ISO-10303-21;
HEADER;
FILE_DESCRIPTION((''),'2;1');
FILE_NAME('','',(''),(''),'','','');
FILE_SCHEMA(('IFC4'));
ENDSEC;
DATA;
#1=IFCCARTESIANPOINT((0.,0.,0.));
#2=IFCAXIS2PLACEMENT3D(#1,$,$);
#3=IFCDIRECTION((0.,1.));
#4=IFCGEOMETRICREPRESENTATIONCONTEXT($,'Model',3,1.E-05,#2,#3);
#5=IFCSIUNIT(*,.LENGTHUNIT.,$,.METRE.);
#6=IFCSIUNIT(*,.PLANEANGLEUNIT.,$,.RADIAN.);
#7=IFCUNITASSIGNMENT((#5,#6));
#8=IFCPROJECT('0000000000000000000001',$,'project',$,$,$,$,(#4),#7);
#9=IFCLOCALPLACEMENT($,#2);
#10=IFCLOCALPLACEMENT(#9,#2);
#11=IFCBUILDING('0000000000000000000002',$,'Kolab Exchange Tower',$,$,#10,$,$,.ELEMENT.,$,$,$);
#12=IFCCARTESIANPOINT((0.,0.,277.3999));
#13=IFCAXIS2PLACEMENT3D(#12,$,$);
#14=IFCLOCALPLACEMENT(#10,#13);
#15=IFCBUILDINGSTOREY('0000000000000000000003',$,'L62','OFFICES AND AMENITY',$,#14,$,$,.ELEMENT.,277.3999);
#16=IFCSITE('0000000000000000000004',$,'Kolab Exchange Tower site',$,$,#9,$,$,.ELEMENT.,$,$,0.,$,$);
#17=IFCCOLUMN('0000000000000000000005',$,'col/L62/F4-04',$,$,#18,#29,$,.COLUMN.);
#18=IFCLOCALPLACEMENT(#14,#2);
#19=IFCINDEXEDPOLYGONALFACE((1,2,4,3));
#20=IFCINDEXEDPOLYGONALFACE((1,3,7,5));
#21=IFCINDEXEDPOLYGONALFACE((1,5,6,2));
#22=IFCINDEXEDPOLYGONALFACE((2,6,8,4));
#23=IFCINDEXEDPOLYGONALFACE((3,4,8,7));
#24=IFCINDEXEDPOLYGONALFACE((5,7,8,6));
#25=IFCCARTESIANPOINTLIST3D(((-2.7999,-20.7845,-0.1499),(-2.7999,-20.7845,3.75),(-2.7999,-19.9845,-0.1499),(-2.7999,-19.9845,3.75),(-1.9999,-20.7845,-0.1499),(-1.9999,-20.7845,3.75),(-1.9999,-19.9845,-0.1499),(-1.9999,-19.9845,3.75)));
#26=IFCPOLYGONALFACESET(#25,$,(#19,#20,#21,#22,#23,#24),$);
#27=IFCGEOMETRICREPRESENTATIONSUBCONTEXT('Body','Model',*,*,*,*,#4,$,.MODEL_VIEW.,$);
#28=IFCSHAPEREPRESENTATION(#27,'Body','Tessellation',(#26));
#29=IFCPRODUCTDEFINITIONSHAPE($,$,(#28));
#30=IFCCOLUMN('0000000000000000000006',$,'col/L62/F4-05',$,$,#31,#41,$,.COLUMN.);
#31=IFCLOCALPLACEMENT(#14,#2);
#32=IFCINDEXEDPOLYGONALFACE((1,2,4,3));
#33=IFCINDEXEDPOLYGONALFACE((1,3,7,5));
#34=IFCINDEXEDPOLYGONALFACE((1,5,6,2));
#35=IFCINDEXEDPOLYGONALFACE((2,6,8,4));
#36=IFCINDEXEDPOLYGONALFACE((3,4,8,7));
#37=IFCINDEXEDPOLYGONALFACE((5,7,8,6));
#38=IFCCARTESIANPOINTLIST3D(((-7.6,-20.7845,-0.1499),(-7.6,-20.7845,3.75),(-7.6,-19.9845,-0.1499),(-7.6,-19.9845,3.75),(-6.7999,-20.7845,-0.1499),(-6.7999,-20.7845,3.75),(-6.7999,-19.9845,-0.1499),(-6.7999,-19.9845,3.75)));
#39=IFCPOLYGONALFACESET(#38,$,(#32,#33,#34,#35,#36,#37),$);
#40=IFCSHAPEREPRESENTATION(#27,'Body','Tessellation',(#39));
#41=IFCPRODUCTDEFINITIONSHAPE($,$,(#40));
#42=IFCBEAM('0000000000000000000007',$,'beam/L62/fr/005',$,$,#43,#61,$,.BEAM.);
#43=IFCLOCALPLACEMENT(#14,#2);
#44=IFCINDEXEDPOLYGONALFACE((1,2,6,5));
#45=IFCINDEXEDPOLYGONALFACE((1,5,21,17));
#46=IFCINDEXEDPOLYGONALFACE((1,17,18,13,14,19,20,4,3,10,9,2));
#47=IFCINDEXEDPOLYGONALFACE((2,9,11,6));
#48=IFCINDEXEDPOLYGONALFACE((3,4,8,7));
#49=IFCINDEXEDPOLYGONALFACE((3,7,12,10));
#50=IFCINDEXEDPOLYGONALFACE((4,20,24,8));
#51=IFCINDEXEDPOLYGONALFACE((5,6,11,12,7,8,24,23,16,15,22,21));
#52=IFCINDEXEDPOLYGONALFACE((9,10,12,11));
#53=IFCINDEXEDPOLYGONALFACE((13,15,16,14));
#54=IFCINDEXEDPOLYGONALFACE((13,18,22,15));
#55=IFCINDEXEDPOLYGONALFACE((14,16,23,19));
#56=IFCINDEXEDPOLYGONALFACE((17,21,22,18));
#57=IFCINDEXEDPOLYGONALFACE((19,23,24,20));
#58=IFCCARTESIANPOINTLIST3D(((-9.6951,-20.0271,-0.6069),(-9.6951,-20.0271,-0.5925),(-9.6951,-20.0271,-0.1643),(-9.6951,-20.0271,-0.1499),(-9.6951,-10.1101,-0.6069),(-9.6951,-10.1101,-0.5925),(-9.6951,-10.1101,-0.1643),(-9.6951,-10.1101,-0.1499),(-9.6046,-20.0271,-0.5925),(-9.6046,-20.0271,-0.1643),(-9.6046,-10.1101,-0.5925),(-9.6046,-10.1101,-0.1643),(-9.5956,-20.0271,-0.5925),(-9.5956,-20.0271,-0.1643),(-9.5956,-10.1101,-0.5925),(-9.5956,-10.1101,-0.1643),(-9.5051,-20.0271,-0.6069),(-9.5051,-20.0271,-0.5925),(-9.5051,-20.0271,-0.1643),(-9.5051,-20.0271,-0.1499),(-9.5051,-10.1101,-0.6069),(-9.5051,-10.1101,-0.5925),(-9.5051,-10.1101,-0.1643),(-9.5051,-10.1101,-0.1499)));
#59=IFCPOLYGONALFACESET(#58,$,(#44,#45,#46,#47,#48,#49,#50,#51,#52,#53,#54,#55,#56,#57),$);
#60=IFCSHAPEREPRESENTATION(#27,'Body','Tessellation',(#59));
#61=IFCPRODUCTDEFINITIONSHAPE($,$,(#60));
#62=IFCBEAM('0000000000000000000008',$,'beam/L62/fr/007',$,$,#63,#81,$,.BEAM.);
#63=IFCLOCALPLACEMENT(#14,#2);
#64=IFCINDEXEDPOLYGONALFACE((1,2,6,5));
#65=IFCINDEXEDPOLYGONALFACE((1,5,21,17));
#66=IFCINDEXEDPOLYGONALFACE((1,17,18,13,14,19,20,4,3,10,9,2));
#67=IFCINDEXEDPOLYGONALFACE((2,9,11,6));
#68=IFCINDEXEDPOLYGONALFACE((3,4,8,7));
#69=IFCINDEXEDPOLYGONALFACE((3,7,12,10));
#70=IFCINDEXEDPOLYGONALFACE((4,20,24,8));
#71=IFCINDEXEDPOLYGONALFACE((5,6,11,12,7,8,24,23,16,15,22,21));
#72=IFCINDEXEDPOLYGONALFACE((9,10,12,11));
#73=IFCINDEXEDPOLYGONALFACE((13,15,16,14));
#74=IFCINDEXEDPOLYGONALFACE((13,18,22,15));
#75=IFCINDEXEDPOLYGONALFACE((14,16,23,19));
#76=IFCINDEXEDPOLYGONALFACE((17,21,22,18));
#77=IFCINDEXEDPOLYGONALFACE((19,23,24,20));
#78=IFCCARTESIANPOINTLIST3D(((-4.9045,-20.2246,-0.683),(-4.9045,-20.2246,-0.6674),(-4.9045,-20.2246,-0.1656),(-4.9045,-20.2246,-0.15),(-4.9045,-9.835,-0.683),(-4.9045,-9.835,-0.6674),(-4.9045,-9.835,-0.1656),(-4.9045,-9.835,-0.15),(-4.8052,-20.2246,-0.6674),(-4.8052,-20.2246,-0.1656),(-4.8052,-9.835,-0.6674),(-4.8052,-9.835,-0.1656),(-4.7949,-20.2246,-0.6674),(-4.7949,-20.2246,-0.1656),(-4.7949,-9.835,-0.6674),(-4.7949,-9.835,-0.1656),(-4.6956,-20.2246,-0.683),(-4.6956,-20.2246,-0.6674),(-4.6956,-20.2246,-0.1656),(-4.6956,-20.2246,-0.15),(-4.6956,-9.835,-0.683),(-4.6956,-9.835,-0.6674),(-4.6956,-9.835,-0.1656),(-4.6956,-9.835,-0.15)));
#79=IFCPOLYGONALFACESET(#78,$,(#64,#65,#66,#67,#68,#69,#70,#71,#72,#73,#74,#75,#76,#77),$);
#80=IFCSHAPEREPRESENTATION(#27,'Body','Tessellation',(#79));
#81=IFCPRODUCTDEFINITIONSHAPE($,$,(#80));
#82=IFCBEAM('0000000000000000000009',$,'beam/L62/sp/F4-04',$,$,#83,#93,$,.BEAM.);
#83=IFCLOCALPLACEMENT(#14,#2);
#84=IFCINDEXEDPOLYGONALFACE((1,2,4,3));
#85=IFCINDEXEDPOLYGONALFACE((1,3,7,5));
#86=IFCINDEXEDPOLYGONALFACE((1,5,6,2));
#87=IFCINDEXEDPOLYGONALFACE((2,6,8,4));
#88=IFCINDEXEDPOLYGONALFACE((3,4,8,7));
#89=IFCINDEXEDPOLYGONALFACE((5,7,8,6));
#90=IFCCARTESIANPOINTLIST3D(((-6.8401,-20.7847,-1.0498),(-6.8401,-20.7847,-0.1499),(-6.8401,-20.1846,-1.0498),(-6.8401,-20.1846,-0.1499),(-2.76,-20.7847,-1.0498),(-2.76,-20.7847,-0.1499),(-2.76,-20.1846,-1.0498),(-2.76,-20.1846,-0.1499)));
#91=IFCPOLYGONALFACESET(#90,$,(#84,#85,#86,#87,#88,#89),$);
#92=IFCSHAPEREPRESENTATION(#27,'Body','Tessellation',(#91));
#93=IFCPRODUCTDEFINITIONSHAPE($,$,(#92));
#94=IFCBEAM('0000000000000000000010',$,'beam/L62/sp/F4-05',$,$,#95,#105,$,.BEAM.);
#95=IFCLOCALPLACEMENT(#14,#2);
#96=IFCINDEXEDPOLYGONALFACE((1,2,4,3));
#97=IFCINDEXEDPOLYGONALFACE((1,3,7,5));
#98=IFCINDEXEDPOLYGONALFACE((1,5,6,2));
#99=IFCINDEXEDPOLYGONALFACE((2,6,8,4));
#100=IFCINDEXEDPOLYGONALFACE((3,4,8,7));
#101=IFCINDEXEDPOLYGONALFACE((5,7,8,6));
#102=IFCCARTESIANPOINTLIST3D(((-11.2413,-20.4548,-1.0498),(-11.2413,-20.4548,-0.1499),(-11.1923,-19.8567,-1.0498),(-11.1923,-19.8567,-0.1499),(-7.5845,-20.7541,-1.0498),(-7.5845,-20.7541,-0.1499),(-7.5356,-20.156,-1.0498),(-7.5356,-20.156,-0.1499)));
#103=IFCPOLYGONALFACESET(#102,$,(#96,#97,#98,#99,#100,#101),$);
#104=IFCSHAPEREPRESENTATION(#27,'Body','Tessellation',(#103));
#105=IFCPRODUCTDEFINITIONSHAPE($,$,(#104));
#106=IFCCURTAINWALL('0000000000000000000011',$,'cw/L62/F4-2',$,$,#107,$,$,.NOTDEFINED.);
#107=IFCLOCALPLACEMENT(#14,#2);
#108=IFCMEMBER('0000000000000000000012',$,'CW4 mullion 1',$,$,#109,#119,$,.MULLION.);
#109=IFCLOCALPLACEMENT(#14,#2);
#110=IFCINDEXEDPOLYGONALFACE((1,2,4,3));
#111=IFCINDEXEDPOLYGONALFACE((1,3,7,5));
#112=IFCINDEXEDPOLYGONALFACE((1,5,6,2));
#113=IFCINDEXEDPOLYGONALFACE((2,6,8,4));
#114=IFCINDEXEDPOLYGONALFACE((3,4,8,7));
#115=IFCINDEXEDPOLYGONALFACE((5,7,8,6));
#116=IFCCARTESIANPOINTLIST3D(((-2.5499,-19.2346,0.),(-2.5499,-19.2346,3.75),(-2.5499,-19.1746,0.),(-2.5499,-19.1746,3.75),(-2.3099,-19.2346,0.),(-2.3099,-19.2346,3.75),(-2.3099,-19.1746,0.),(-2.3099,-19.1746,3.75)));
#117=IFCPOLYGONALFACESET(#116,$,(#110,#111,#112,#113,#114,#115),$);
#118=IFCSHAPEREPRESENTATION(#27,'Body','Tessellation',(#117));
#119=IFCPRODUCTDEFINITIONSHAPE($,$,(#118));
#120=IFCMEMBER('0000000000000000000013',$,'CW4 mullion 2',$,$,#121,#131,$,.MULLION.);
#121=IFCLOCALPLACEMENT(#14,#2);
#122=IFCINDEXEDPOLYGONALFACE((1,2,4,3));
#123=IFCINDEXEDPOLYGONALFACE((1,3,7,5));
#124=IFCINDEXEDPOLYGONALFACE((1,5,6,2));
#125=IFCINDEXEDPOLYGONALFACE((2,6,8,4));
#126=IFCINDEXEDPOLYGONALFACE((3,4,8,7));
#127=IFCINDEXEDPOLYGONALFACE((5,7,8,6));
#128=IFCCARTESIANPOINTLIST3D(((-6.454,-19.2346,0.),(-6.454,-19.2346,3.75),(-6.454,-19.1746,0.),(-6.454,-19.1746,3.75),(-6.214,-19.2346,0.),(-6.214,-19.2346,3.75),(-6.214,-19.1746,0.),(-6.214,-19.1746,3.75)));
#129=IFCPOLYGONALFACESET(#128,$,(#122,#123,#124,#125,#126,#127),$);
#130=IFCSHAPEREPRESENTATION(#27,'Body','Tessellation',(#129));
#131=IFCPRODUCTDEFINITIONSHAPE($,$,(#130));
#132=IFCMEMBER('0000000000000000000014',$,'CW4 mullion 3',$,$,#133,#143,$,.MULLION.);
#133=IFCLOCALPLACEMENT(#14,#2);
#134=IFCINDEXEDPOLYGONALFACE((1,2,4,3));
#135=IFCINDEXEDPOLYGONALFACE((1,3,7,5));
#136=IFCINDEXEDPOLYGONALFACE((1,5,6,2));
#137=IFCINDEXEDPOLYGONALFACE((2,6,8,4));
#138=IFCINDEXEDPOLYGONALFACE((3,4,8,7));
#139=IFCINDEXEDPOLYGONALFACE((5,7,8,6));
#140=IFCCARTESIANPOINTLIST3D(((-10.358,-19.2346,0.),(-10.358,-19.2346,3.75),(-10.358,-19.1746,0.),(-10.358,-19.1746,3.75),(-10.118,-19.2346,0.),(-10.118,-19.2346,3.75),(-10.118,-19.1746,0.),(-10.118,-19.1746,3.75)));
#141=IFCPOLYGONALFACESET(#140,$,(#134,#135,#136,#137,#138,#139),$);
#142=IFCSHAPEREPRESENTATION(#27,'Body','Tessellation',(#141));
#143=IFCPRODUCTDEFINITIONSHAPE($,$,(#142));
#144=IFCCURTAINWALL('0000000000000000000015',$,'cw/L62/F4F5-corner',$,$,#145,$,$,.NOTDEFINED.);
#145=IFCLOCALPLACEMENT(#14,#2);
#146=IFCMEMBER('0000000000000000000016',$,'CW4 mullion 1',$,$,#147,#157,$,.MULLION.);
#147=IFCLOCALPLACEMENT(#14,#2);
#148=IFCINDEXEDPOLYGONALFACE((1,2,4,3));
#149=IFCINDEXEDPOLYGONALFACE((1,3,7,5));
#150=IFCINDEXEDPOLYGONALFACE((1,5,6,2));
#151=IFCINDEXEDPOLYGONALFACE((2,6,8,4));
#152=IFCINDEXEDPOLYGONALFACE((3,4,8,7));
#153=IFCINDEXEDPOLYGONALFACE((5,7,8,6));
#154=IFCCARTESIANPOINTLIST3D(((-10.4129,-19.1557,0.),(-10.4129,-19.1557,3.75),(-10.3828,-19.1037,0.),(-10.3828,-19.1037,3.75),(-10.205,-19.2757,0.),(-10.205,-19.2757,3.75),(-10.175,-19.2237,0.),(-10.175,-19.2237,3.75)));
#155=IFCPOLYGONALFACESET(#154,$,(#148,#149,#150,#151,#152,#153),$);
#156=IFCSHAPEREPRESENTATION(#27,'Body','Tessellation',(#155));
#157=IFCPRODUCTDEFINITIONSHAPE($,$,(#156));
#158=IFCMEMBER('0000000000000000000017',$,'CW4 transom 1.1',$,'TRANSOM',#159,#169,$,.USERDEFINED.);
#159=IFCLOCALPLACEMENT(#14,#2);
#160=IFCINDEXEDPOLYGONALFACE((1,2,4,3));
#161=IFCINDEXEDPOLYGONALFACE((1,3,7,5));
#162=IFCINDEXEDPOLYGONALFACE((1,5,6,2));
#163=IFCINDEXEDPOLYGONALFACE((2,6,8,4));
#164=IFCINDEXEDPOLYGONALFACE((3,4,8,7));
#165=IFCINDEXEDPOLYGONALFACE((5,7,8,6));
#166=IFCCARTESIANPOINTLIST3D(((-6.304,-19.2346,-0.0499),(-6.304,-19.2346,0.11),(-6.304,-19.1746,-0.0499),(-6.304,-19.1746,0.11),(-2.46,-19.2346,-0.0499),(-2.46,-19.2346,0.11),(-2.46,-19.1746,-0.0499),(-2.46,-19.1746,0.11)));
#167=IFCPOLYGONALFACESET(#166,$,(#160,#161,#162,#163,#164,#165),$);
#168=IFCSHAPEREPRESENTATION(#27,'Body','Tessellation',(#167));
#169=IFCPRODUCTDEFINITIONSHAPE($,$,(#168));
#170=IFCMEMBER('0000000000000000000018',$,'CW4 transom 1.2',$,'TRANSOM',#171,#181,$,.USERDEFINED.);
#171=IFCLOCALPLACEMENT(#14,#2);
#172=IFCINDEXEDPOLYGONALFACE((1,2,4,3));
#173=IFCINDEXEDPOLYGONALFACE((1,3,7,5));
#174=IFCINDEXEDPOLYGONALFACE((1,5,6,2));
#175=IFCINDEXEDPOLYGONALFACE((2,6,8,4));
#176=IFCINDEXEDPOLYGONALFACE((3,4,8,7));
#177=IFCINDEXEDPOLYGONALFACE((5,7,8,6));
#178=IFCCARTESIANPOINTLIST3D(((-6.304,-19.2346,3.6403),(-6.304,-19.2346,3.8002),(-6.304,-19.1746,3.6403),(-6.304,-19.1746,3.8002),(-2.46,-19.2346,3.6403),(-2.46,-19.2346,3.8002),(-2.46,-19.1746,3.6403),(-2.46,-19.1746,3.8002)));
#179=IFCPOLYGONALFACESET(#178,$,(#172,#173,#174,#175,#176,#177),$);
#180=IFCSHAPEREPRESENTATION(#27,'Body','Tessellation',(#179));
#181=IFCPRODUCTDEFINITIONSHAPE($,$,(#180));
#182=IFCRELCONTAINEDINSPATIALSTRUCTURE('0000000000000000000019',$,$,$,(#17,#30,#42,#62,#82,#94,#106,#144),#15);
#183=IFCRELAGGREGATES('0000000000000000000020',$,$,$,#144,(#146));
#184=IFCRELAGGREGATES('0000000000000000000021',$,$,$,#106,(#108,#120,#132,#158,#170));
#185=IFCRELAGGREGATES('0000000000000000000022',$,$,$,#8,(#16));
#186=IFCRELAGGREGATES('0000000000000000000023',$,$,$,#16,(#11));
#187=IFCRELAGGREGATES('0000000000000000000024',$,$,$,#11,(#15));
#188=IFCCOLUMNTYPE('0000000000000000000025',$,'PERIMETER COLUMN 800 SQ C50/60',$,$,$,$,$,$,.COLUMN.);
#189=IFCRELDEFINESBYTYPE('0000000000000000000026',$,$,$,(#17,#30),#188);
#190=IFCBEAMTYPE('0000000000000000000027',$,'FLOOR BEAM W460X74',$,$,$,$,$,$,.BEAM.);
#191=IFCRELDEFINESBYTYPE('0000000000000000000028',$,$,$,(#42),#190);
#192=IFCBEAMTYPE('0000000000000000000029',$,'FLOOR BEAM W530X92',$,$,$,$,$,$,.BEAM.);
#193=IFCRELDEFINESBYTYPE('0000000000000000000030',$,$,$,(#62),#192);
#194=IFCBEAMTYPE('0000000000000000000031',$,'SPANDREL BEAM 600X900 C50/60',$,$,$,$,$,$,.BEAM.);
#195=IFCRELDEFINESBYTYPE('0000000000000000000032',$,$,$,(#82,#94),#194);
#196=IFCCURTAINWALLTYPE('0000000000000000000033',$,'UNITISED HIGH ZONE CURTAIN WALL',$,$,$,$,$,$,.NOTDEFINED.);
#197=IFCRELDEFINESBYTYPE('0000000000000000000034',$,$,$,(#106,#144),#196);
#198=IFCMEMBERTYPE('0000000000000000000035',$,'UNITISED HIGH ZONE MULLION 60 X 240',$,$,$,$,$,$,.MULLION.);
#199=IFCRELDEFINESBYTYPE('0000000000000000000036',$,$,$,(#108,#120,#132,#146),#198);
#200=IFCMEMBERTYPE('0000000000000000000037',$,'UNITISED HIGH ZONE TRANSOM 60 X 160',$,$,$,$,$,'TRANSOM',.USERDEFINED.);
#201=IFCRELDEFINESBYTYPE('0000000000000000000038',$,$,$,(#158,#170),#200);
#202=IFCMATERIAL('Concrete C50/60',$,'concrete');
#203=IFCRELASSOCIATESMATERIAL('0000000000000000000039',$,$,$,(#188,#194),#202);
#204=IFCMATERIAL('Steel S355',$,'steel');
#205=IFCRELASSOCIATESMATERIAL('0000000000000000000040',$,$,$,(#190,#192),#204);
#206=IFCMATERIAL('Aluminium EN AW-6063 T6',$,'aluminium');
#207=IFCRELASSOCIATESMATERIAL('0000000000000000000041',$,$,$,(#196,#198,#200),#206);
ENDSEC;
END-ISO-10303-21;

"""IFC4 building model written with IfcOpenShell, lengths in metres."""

from ifc_helpers import new_model, si_unit, direction, frame, origin, origin_2d, place, context, subcontext, project, spatial, rectangle, i_section, extrude, material, material_profile, profile_set, type_object, element, aggregate, save


model = new_model("IFC4")

# Units and contexts
model_context = context("Model", 3, precision=1e-05, world=origin(), true_north=direction((0.0, 1.0)))
body_context = subcontext(model_context, "Body", "Model", "MODEL_VIEW")
ifc_project = project(units=[si_unit("LENGTHUNIT", "METRE"), si_unit("PLANEANGLEUNIT", "RADIAN")], contexts=[model_context])

# Site, building, storey
site_placement = place(None, origin())
site = spatial("IfcSite", under=ifc_project, at=site_placement, Name="Kolab Exchange Tower site", CompositionType="ELEMENT", RefElevation=0.0)
building_placement = place(site_placement, origin())
building = spatial("IfcBuilding", under=site, at=building_placement, Name="Kolab Exchange Tower", CompositionType="ELEMENT")
storey_placement = place(building_placement, frame((0.0, 0.0, 277.3999)))
storey = spatial("IfcBuildingStorey", under=building, at=storey_placement, Name="L62", Description="OFFICES AND AMENITY", CompositionType="ELEMENT", Elevation=277.3999)

# Columns
ifc_material_1 = material(Name="Concrete C50/60", Category="concrete")
ifc_material_profile_1 = material_profile(ifc_material_1, rectangle(XDim=0.8, YDim=0.8, at=origin_2d()), Name="RC800")
ifc_profile_set_1 = profile_set([ifc_material_profile_1], Name="Concrete C50/60")
column_type = type_object("IfcColumnType", Name="PERIMETER COLUMN 800 SQ C50/60", PredefinedType="COLUMN", material=ifc_profile_set_1)
for number, where, z_axis, x_axis, name in (
    (1, (-2.3999, -20.3845, -0.1499), (0.0, 0.0, 1.0), (1.0, 0.0, 0.0), "col/L62/F4-04"),
    (2, (-7.2, -20.3845, -0.1499), (0.0, 0.0, 1.0), (1.0, 0.0, 0.0), "col/L62/F4-05"),
):
    element("IfcColumn", number, at=place(storey_placement, frame(where, z_axis=z_axis, x_axis=x_axis)), inside=storey, type_object=column_type, Name=name, PredefinedType="COLUMN", context=body_context, shape_type="SweptSolid", body=[
        extrude(rectangle(XDim=0.8, YDim=0.8, at=origin_2d()), origin(), (0.0, 0.0, 1.0), 3.8999),
    ])

# Beams
ifc_material_2 = material(Name="Steel S355", Category="steel")
ifc_material_profile_2 = material_profile(ifc_material_2, i_section(OverallWidth=0.1899, OverallDepth=0.457, WebThickness=0.009, FlangeThickness=0.0144, at=origin_2d()), Name="W460X74")
ifc_profile_set_2 = profile_set([ifc_material_profile_2], Name="Steel S355")
beam_type_1 = type_object("IfcBeamType", Name="FLOOR BEAM W460X74", PredefinedType="BEAM", material=ifc_profile_set_2)
beam_1_placement = place(storey_placement, frame((-9.6001, -20.0271, -0.3784), z_axis=(0.0, 1.0, 0.0), x_axis=(-1.0, 0.0, 0.0)))
element("IfcBeam", 3, at=beam_1_placement, inside=storey, type_object=beam_type_1, Name="beam/L62/fr/005", PredefinedType="BEAM", context=body_context, shape_type="SweptSolid", body=[
    extrude(i_section(OverallWidth=0.1899, OverallDepth=0.457, WebThickness=0.009, FlangeThickness=0.0144, at=origin_2d()), origin(), (0.0, 0.0, 1.0), 9.917),
])
ifc_material_profile_3 = material_profile(ifc_material_2, i_section(OverallWidth=0.209, OverallDepth=0.533, WebThickness=0.0103, FlangeThickness=0.0156, at=origin_2d()), Name="W530X92")
ifc_profile_set_3 = profile_set([ifc_material_profile_3], Name="Steel S355")
beam_type_2 = type_object("IfcBeamType", Name="FLOOR BEAM W530X92", PredefinedType="BEAM", material=ifc_profile_set_3)
beam_2_placement = place(storey_placement, frame((-4.8, -20.2246, -0.4165), z_axis=(0.0, 1.0, 0.0), x_axis=(-1.0, 0.0, 0.0)))
element("IfcBeam", 4, at=beam_2_placement, inside=storey, type_object=beam_type_2, Name="beam/L62/fr/007", PredefinedType="BEAM", context=body_context, shape_type="SweptSolid", body=[
    extrude(i_section(OverallWidth=0.209, OverallDepth=0.533, WebThickness=0.0103, FlangeThickness=0.0156, at=origin_2d()), origin(), (0.0, 0.0, 1.0), 10.3896),
])
ifc_material_profile_4 = material_profile(ifc_material_1, rectangle(XDim=0.6001, YDim=0.8999, at=origin_2d()), Name="RC600X900")
ifc_profile_set_4 = profile_set([ifc_material_profile_4], Name="Concrete C50/60")
beam_type_3 = type_object("IfcBeamType", Name="SPANDREL BEAM 600X900 C50/60", PredefinedType="BEAM", material=ifc_profile_set_4)
beam_3_placement = place(storey_placement, frame((-2.76, -20.4846, -0.5999), z_axis=(-1.0, 0.0, 0.0), x_axis=(0.0, -1.0, 0.0)))
element("IfcBeam", 5, at=beam_3_placement, inside=storey, type_object=beam_type_3, Name="beam/L62/sp/F4-04", PredefinedType="BEAM", context=body_context, shape_type="SweptSolid", body=[
    extrude(rectangle(XDim=0.6001, YDim=0.8999, at=origin_2d()), origin(), (0.0, 0.0, 1.0), 4.0801),
])
beam_4_placement = place(storey_placement, frame((-7.5601, -20.4551, -0.5999), z_axis=(-0.996667, 0.081581, 0.0), x_axis=(-0.081581, -0.996667, 0.0)))
element("IfcBeam", 6, at=beam_4_placement, inside=storey, type_object=beam_type_3, Name="beam/L62/sp/F4-05", PredefinedType="BEAM", context=body_context, shape_type="SweptSolid", body=[
    extrude(rectangle(XDim=0.6001, YDim=0.8999, at=origin_2d()), origin(), (0.0, 0.0, 1.0), 3.6689),
])

# Curtain wall, members
ifc_material_3 = material(Name="Aluminium EN AW-6063 T6", Category="aluminium")
curtain_wall_type = type_object("IfcCurtainWallType", Name="UNITISED HIGH ZONE CURTAIN WALL", PredefinedType="NOTDEFINED", material=ifc_material_3)
curtain_wall_1_placement = place(storey_placement, origin())
curtain_wall_1 = element("IfcCurtainWall", 7, at=curtain_wall_1_placement, inside=storey, type_object=curtain_wall_type, Name="cw/L62/F4-2", PredefinedType="NOTDEFINED")
ifc_material_profile_5 = material_profile(ifc_material_3, rectangle(XDim=0.0601, YDim=0.24, at=origin_2d()), Name="RECT 60X240")
ifc_profile_set_5 = profile_set([ifc_material_profile_5], Name="Aluminium EN AW-6063 T6")
member_type_1 = type_object("IfcMemberType", Name="UNITISED HIGH ZONE MULLION 60 X 240", PredefinedType="MULLION", material=ifc_profile_set_5)
member_1_placement = place(storey_placement, frame((-2.4299, -19.2046, 0.0), z_axis=(0.0, 0.0, 1.0), x_axis=(0.0, -1.0, 0.0)))
member_1 = element("IfcMember", 8, at=member_1_placement, type_object=member_type_1, Name="CW4 mullion 1", PredefinedType="MULLION", context=body_context, shape_type="SweptSolid", body=[
    extrude(rectangle(XDim=0.0601, YDim=0.24, at=origin_2d()), origin(), (0.0, 0.0, 1.0), 3.75),
])
member_2_placement = place(storey_placement, frame((-6.334, -19.2046, 0.0), z_axis=(0.0, 0.0, 1.0), x_axis=(0.0, -1.0, 0.0)))
member_2 = element("IfcMember", 9, at=member_2_placement, type_object=member_type_1, Name="CW4 mullion 2", PredefinedType="MULLION", context=body_context, shape_type="SweptSolid", body=[
    extrude(rectangle(XDim=0.0601, YDim=0.24, at=origin_2d()), origin(), (0.0, 0.0, 1.0), 3.75),
])
member_3_placement = place(storey_placement, frame((-10.238, -19.2046, 0.0), z_axis=(0.0, 0.0, 1.0), x_axis=(0.0, -1.0, 0.0)))
member_3 = element("IfcMember", 10, at=member_3_placement, type_object=member_type_1, Name="CW4 mullion 3", PredefinedType="MULLION", context=body_context, shape_type="SweptSolid", body=[
    extrude(rectangle(XDim=0.0601, YDim=0.24, at=origin_2d()), origin(), (0.0, 0.0, 1.0), 3.75),
])

# Curtain wall, member
curtain_wall_2_placement = place(storey_placement, origin())
curtain_wall_2 = element("IfcCurtainWall", 11, at=curtain_wall_2_placement, inside=storey, type_object=curtain_wall_type, Name="cw/L62/F4F5-corner", PredefinedType="NOTDEFINED")
member_4_placement = place(storey_placement, frame((-10.2939, -19.1897, 0.0), z_axis=(0.0, 0.0, 1.0), x_axis=(-0.5, -0.866025, 0.0)))
member_4 = element("IfcMember", 12, at=member_4_placement, type_object=member_type_1, Name="CW4 mullion 1", PredefinedType="MULLION", context=body_context, shape_type="SweptSolid", body=[
    extrude(rectangle(XDim=0.0601, YDim=0.24, at=origin_2d()), origin(), (0.0, 0.0, 1.0), 3.75),
])

# Members
ifc_material_profile_6 = material_profile(ifc_material_3, rectangle(XDim=0.0601, YDim=0.1599, at=origin_2d()), Name="RECT 60X160")
ifc_profile_set_6 = profile_set([ifc_material_profile_6], Name="Aluminium EN AW-6063 T6")
member_type_2 = type_object("IfcMemberType", Name="UNITISED HIGH ZONE TRANSOM 60 X 160", ElementType="TRANSOM", PredefinedType="USERDEFINED", material=ifc_profile_set_6)
member_5_placement = place(storey_placement, frame((-2.46, -19.2046, 0.03), z_axis=(-1.0, 0.0, 0.0), x_axis=(0.0, -1.0, 0.0)))
member_5 = element("IfcMember", 13, at=member_5_placement, type_object=member_type_2, Name="CW4 transom 1.1", ObjectType="TRANSOM", PredefinedType="USERDEFINED", context=body_context, shape_type="SweptSolid", body=[
    extrude(rectangle(XDim=0.0601, YDim=0.1599, at=origin_2d()), origin(), (0.0, 0.0, 1.0), 3.844),
])
member_6_placement = place(storey_placement, frame((-2.46, -19.2046, 3.7202), z_axis=(-1.0, 0.0, 0.0), x_axis=(0.0, -1.0, 0.0)))
member_6 = element("IfcMember", 14, at=member_6_placement, type_object=member_type_2, Name="CW4 transom 1.2", ObjectType="TRANSOM", PredefinedType="USERDEFINED", context=body_context, shape_type="SweptSolid", body=[
    extrude(rectangle(XDim=0.0601, YDim=0.1599, at=origin_2d()), origin(), (0.0, 0.0, 1.0), 3.844),
])
aggregate(curtain_wall_2, [member_4])

aggregate(curtain_wall_1, [member_1, member_2, member_3, member_5, member_6])

save(model, "model.ifc")
